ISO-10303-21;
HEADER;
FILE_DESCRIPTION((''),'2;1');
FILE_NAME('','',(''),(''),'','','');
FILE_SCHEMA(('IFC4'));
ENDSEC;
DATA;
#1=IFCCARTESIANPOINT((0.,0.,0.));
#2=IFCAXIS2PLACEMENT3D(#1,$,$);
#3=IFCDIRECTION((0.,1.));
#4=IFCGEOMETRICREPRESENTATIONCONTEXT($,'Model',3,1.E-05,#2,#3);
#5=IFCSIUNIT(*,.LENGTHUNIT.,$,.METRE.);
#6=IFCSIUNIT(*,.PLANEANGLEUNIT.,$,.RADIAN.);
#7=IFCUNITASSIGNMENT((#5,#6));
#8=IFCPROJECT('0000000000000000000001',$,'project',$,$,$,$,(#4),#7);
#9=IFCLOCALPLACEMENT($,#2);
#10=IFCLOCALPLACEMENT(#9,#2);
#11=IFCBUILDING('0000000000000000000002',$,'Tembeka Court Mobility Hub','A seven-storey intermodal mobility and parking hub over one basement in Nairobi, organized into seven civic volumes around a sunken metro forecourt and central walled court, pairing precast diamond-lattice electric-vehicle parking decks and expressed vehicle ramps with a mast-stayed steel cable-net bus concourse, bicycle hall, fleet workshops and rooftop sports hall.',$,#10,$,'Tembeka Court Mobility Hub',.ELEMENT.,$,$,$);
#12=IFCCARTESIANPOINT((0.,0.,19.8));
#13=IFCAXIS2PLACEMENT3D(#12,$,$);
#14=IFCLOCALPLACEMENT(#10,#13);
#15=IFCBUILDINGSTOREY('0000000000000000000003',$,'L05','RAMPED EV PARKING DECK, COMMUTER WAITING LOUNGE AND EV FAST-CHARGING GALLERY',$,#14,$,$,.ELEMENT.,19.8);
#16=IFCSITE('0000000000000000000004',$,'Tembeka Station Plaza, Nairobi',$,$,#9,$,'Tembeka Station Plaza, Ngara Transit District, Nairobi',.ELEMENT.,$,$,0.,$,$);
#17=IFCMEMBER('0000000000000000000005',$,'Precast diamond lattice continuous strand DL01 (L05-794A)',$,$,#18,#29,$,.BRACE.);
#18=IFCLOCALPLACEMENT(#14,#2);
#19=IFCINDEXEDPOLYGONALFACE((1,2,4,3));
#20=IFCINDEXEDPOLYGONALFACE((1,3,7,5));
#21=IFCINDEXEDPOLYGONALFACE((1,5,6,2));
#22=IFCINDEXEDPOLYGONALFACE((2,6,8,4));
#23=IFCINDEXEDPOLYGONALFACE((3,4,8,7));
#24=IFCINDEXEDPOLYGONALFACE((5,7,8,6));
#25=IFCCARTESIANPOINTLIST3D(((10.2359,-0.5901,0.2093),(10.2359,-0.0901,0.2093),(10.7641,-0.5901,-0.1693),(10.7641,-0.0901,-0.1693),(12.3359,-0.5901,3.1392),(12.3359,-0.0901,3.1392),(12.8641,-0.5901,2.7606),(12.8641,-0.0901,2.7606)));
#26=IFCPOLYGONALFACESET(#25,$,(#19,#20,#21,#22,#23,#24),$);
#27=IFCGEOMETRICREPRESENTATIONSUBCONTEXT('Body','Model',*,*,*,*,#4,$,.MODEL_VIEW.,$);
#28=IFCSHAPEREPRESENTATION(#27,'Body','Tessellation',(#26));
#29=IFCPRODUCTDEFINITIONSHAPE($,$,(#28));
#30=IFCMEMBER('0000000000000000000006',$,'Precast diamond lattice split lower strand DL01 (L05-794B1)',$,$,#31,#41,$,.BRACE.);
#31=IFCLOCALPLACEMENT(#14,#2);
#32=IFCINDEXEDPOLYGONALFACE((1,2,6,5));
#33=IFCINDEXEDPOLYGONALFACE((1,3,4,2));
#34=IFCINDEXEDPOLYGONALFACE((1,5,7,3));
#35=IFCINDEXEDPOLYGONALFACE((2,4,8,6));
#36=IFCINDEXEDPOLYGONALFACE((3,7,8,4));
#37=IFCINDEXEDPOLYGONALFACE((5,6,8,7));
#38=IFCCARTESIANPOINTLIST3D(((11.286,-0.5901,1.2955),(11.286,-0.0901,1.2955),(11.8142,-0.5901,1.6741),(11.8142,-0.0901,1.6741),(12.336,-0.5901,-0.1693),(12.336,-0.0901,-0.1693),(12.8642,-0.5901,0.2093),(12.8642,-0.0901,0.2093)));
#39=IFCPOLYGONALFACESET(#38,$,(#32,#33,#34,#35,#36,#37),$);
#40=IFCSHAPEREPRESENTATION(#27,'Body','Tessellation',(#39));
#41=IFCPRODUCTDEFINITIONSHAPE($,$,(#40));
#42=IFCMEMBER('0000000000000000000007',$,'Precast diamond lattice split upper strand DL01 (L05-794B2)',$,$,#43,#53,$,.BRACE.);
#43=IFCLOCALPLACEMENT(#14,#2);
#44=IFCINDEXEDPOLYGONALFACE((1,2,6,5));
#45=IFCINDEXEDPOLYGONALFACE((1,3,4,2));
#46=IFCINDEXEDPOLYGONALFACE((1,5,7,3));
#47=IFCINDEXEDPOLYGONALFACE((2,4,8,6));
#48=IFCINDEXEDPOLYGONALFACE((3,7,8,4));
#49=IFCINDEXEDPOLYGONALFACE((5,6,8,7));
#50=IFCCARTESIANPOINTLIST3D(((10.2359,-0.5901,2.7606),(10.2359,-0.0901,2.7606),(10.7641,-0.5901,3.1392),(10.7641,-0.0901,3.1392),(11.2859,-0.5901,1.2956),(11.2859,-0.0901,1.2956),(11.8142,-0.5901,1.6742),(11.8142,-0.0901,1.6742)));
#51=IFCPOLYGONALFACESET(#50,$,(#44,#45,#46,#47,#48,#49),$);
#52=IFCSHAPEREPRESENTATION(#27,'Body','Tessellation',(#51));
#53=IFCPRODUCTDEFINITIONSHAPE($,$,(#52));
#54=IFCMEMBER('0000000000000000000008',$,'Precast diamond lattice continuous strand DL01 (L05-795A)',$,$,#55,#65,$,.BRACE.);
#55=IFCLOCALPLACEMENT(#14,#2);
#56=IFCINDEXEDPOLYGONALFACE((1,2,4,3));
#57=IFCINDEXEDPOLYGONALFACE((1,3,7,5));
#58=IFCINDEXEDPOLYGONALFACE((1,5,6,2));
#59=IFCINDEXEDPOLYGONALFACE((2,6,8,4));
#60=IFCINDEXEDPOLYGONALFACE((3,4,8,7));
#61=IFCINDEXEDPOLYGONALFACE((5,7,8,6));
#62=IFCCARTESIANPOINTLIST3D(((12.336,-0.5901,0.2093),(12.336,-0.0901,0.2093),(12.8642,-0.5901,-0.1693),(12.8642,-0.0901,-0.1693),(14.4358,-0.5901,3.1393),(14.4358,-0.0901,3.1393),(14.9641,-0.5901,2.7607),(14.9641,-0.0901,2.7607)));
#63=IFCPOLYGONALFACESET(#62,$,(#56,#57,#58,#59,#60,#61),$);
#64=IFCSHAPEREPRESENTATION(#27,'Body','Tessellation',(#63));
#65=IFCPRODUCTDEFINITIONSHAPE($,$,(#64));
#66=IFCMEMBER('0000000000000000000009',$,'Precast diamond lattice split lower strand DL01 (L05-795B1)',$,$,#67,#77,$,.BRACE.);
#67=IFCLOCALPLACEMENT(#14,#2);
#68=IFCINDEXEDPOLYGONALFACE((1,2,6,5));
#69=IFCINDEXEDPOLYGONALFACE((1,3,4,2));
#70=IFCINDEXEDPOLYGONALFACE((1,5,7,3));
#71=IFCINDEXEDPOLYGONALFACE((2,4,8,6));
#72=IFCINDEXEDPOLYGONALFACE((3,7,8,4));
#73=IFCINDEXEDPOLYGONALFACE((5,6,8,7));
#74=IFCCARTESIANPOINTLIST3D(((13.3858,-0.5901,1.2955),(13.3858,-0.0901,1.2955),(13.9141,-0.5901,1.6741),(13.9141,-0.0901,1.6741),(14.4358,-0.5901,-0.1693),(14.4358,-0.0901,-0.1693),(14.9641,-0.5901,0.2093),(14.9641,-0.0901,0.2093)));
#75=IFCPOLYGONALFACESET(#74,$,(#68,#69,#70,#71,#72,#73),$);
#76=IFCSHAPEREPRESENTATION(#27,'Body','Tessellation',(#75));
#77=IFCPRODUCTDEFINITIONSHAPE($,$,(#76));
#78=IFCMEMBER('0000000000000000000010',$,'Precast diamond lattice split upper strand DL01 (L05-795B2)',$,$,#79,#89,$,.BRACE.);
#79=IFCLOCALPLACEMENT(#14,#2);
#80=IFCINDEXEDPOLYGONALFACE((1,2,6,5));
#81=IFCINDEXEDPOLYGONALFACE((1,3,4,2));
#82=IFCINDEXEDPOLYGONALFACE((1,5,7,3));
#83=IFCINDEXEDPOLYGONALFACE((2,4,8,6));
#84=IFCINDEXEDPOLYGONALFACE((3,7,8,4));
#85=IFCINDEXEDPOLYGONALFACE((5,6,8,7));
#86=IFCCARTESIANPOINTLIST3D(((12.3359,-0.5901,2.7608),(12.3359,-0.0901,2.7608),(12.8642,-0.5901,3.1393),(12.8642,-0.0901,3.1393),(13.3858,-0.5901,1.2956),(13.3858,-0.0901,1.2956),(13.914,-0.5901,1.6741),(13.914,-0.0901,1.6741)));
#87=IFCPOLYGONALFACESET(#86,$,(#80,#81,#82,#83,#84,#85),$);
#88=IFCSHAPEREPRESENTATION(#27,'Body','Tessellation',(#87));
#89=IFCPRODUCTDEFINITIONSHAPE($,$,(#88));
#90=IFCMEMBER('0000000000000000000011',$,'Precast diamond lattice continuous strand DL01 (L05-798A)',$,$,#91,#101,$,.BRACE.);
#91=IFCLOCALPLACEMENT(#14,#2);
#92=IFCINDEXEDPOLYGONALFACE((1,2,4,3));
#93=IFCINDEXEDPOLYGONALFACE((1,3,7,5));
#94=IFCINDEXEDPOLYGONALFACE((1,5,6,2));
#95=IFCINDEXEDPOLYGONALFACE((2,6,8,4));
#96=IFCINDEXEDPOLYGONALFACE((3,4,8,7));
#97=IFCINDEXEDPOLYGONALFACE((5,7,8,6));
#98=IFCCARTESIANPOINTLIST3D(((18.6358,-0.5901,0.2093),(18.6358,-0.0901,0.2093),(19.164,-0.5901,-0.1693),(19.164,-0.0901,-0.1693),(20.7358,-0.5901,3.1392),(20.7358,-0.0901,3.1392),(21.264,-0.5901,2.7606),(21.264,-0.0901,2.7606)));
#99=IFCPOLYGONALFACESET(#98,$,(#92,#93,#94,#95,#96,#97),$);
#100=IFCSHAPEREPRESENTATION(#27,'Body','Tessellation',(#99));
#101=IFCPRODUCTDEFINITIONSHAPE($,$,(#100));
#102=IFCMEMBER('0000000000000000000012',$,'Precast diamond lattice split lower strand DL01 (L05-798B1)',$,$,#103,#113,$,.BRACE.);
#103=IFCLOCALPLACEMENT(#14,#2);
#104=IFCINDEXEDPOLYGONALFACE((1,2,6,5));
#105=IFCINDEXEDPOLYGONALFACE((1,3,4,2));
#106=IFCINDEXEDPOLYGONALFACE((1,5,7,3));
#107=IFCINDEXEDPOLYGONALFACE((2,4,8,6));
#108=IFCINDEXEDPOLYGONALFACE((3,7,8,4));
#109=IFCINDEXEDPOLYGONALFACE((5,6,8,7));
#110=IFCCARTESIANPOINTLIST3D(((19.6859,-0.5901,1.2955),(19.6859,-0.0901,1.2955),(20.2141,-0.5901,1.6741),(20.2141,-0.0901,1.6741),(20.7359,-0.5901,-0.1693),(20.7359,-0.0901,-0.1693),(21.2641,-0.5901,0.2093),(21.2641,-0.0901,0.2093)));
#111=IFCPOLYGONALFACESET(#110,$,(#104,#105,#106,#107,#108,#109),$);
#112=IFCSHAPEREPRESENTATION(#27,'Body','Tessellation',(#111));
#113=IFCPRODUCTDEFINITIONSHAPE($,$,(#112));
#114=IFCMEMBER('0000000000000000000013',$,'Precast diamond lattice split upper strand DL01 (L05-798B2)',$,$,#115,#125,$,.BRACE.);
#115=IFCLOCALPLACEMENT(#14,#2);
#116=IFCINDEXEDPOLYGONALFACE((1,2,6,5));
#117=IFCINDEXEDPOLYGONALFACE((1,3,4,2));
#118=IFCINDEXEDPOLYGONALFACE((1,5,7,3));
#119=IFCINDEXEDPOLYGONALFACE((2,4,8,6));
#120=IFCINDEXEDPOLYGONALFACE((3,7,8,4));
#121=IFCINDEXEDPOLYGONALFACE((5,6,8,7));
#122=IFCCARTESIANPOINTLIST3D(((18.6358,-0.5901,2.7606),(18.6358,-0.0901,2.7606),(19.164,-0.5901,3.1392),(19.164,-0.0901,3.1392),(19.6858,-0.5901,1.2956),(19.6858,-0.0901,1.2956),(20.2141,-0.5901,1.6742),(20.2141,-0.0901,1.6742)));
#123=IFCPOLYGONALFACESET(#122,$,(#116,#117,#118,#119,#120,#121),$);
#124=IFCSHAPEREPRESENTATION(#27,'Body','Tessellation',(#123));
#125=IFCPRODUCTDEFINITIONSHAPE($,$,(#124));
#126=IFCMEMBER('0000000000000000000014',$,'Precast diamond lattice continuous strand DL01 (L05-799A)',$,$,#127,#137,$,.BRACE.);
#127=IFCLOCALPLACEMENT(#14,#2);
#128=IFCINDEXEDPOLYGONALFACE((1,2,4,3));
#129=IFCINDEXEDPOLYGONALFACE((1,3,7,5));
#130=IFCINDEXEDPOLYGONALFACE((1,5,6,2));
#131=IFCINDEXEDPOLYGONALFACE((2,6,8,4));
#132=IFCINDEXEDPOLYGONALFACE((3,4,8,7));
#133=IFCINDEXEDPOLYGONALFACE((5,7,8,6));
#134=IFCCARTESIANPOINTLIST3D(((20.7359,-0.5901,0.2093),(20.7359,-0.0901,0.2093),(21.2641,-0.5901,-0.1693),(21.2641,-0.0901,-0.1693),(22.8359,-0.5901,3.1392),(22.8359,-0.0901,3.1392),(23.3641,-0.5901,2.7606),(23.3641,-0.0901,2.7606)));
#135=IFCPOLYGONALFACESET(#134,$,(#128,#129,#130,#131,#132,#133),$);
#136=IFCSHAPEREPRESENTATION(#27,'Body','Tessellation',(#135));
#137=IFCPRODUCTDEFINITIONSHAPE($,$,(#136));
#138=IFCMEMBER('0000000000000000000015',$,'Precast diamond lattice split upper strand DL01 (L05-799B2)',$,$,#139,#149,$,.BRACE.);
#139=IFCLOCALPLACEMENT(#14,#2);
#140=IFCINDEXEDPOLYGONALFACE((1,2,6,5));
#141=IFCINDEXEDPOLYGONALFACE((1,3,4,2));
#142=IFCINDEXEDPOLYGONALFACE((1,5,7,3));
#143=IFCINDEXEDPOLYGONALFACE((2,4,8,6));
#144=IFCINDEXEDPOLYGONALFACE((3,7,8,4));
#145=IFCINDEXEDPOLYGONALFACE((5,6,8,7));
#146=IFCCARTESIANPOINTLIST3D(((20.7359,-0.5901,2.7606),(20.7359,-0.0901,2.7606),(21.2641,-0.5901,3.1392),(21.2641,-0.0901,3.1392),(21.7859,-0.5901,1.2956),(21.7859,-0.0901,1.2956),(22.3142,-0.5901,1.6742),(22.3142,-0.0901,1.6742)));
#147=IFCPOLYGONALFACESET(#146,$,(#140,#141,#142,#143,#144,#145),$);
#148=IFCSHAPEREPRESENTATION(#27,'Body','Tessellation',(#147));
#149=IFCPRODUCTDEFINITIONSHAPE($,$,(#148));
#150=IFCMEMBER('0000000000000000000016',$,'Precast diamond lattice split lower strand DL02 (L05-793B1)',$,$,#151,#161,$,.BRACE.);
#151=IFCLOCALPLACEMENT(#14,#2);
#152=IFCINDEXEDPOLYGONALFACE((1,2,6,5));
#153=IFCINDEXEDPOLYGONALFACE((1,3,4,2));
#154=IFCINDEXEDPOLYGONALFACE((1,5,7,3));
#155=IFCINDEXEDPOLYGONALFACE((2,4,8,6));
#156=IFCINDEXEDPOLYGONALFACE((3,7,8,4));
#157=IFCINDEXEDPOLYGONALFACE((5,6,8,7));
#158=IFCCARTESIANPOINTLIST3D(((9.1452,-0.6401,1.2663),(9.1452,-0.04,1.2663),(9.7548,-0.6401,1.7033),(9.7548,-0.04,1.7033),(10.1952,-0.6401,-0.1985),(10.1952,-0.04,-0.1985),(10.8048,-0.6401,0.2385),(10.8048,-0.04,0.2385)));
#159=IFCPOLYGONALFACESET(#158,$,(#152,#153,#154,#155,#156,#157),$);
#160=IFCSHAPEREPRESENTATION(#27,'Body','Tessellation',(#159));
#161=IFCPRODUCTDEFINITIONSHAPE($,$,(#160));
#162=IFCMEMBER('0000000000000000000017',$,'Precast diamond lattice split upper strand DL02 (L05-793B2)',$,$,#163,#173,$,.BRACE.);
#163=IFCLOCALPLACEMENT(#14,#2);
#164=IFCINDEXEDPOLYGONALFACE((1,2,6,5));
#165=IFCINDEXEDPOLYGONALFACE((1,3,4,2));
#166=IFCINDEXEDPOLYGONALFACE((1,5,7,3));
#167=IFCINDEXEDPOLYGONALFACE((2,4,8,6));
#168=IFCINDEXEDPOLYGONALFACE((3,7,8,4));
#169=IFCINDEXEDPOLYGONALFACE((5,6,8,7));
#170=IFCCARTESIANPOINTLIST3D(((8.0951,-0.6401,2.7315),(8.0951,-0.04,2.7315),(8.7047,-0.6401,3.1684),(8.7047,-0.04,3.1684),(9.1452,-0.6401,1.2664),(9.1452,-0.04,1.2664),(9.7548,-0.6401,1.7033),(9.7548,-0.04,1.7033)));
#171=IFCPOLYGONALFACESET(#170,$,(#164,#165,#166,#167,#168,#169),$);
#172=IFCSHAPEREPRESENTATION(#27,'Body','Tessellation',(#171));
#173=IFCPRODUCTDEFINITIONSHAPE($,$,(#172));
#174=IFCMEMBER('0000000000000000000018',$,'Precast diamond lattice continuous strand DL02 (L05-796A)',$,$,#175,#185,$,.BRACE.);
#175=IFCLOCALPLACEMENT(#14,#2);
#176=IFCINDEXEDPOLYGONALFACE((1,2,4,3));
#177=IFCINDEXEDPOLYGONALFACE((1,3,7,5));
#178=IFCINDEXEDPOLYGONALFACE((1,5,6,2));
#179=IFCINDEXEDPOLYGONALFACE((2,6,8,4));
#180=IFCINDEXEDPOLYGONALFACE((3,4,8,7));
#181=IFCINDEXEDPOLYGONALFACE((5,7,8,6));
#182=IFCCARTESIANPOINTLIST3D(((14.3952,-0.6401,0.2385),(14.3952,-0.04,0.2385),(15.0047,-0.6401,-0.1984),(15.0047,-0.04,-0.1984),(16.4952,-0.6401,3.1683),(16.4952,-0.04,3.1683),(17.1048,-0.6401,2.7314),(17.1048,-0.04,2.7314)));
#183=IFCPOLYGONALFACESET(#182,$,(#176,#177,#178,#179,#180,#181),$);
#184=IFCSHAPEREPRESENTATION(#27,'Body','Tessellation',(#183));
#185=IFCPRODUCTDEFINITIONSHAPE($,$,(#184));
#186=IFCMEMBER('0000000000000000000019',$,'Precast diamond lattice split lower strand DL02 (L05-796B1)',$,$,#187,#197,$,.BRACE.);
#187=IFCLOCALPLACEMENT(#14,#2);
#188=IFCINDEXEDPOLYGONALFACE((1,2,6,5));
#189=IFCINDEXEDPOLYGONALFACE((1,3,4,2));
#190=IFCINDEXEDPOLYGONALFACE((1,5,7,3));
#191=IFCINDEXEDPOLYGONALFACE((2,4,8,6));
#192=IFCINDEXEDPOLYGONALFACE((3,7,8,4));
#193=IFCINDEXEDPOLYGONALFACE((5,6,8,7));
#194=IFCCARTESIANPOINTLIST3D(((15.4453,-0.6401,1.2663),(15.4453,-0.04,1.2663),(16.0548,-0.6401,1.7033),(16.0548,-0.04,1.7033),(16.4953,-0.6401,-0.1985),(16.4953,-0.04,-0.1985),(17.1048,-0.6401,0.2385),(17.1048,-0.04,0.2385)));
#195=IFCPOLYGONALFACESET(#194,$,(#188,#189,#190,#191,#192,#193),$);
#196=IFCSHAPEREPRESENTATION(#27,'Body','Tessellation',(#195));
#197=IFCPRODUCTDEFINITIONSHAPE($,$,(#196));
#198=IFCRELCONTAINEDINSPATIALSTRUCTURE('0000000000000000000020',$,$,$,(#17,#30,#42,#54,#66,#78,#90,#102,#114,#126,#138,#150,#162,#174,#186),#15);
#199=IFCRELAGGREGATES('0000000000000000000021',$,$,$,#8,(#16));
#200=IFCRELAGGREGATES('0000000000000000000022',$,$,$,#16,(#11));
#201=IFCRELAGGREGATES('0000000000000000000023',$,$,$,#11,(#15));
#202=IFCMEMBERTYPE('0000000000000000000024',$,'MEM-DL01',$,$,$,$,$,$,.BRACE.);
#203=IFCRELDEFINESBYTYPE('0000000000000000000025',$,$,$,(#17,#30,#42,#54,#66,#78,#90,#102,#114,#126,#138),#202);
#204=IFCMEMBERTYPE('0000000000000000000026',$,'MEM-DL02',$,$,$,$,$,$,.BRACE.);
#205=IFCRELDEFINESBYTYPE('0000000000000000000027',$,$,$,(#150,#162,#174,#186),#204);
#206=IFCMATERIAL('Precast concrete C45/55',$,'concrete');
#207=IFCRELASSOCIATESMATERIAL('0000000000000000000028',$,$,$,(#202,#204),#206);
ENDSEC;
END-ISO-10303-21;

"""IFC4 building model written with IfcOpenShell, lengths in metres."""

from ifc_helpers import new_model, si_unit, direction, frame, origin, origin_2d, place, context, subcontext, project, spatial, rectangle, extrude, material, material_profile, profile_set, type_object, element, save


model = new_model("IFC4")

# Units and contexts
model_context = context("Model", 3, precision=1e-05, world=origin(), true_north=direction((0.0, 1.0)))
body_context = subcontext(model_context, "Body", "Model", "MODEL_VIEW")
ifc_project = project(units=[si_unit("LENGTHUNIT", "METRE"), si_unit("PLANEANGLEUNIT", "RADIAN")], contexts=[model_context])

# Site, building, storey
site_placement = place(None, origin())
site = spatial("IfcSite", under=ifc_project, at=site_placement, Name="Tembeka Station Plaza, Nairobi", LongName="Tembeka Station Plaza, Ngara Transit District, Nairobi", CompositionType="ELEMENT", RefElevation=0.0)
building_placement = place(site_placement, origin())
building = spatial("IfcBuilding", under=site, at=building_placement, Name="Tembeka Court Mobility Hub", Description="A seven-storey intermodal mobility and parking hub over one basement in Nairobi, organized into seven civic volumes around a sunken metro forecourt and central walled court, pairing precast diamond-lattice electric-vehicle parking decks and expressed vehicle ramps with a mast-stayed steel cable-net bus concourse, bicycle hall, fleet workshops and rooftop sports hall.", LongName="Tembeka Court Mobility Hub", CompositionType="ELEMENT")
storey_placement = place(building_placement, frame((0.0, 0.0, 19.8)))
storey = spatial("IfcBuildingStorey", under=building, at=storey_placement, Name="L05", Description="RAMPED EV PARKING DECK, COMMUTER WAITING LOUNGE AND EV FAST-CHARGING GALLERY", CompositionType="ELEMENT", Elevation=19.8)

# Members
ifc_material = material(Name="Precast concrete C45/55", Category="concrete")
ifc_material_profile_1 = material_profile(ifc_material, rectangle(XDim=0.5, YDim=0.6499, at=origin_2d()), Name="PC-DIAG 500x650")
ifc_profile_set_1 = profile_set([ifc_material_profile_1], Name="Precast concrete C45/55")
member_type_1 = type_object("IfcMemberType", Name="MEM-DL01", PredefinedType="BRACE", material=ifc_profile_set_1)
member_1_placement = place(storey_placement, frame((10.5, -0.3401, 0.02), z_axis=(0.582576, 0.0, 0.812776), x_axis=(0.0, 1.0, 0.0)))
element("IfcMember", 1, at=member_1_placement, inside=storey, type_object=member_type_1, Name="Precast diamond lattice continuous strand DL01 (L05-794A)", PredefinedType="BRACE", context=body_context, shape_type="SweptSolid", body=[
    extrude(rectangle(XDim=0.5, YDim=0.6499, at=origin_2d()), origin(), (0.0, 0.0, 1.0), 3.6047),
])
member_2_placement = place(storey_placement, frame((12.6001, -0.3401, 0.02), z_axis=(-0.582608, 0.0, 0.812753), x_axis=(0.0, -1.0, 0.0)))
element("IfcMember", 2, at=member_2_placement, inside=storey, type_object=member_type_1, Name="Precast diamond lattice split lower strand DL01 (L05-794B1)", PredefinedType="BRACE", context=body_context, shape_type="SweptSolid", body=[
    extrude(rectangle(XDim=0.5, YDim=0.6499, at=origin_2d()), origin(), (0.0, 0.0, 1.0), 1.8022),
])
member_3_placement = place(storey_placement, frame((11.55, -0.3401, 1.4849), z_axis=(-0.582544, 0.0, 0.812799), x_axis=(0.0, -1.0, 0.0)))
element("IfcMember", 3, at=member_3_placement, inside=storey, type_object=member_type_1, Name="Precast diamond lattice split upper strand DL01 (L05-794B2)", PredefinedType="BRACE", context=body_context, shape_type="SweptSolid", body=[
    extrude(rectangle(XDim=0.5, YDim=0.6499, at=origin_2d()), origin(), (0.0, 0.0, 1.0), 1.8025),
])
member_4_placement = place(storey_placement, frame((12.6001, -0.3401, 0.02), z_axis=(0.582532, 0.0, 0.812808), x_axis=(0.0, 1.0, 0.0)))
element("IfcMember", 4, at=member_4_placement, inside=storey, type_object=member_type_1, Name="Precast diamond lattice continuous strand DL01 (L05-795A)", PredefinedType="BRACE", context=body_context, shape_type="SweptSolid", body=[
    extrude(rectangle(XDim=0.5, YDim=0.6499, at=origin_2d()), origin(), (0.0, 0.0, 1.0), 3.6047),
])
member_5_placement = place(storey_placement, frame((14.7, -0.3401, 0.02), z_axis=(-0.582608, 0.0, 0.812753), x_axis=(0.0, -1.0, 0.0)))
element("IfcMember", 5, at=member_5_placement, inside=storey, type_object=member_type_1, Name="Precast diamond lattice split lower strand DL01 (L05-795B1)", PredefinedType="BRACE", context=body_context, shape_type="SweptSolid", body=[
    extrude(rectangle(XDim=0.5, YDim=0.6499, at=origin_2d()), origin(), (0.0, 0.0, 1.0), 1.8022),
])
member_6_placement = place(storey_placement, frame((13.6499, -0.3401, 1.4849), z_axis=(-0.582455, 0.0, 0.812863), x_axis=(0.0, -1.0, 0.0)))
element("IfcMember", 6, at=member_6_placement, inside=storey, type_object=member_type_1, Name="Precast diamond lattice split upper strand DL01 (L05-795B2)", PredefinedType="BRACE", context=body_context, shape_type="SweptSolid", body=[
    extrude(rectangle(XDim=0.5, YDim=0.6499, at=origin_2d()), origin(), (0.0, 0.0, 1.0), 1.8025),
])
member_7_placement = place(storey_placement, frame((18.8999, -0.3401, 0.02), z_axis=(0.582576, 0.0, 0.812776), x_axis=(0.0, 1.0, 0.0)))
element("IfcMember", 7, at=member_7_placement, inside=storey, type_object=member_type_1, Name="Precast diamond lattice continuous strand DL01 (L05-798A)", PredefinedType="BRACE", context=body_context, shape_type="SweptSolid", body=[
    extrude(rectangle(XDim=0.5, YDim=0.6499, at=origin_2d()), origin(), (0.0, 0.0, 1.0), 3.6047),
])
member_8_placement = place(storey_placement, frame((21.0, -0.3401, 0.02), z_axis=(-0.582608, 0.0, 0.812753), x_axis=(0.0, -1.0, 0.0)))
element("IfcMember", 8, at=member_8_placement, inside=storey, type_object=member_type_1, Name="Precast diamond lattice split lower strand DL01 (L05-798B1)", PredefinedType="BRACE", context=body_context, shape_type="SweptSolid", body=[
    extrude(rectangle(XDim=0.5, YDim=0.6499, at=origin_2d()), origin(), (0.0, 0.0, 1.0), 1.8022),
])
member_9_placement = place(storey_placement, frame((19.95, -0.3401, 1.4849), z_axis=(-0.582544, 0.0, 0.812799), x_axis=(0.0, -1.0, 0.0)))
element("IfcMember", 9, at=member_9_placement, inside=storey, type_object=member_type_1, Name="Precast diamond lattice split upper strand DL01 (L05-798B2)", PredefinedType="BRACE", context=body_context, shape_type="SweptSolid", body=[
    extrude(rectangle(XDim=0.5, YDim=0.6499, at=origin_2d()), origin(), (0.0, 0.0, 1.0), 1.8025),
])
member_10_placement = place(storey_placement, frame((21.0, -0.3401, 0.02), z_axis=(0.582576, 0.0, 0.812776), x_axis=(0.0, 1.0, 0.0)))
element("IfcMember", 10, at=member_10_placement, inside=storey, type_object=member_type_1, Name="Precast diamond lattice continuous strand DL01 (L05-799A)", PredefinedType="BRACE", context=body_context, shape_type="SweptSolid", body=[
    extrude(rectangle(XDim=0.5, YDim=0.6499, at=origin_2d()), origin(), (0.0, 0.0, 1.0), 3.6047),
])
member_11_placement = place(storey_placement, frame((22.05, -0.3401, 1.4849), z_axis=(-0.582544, 0.0, 0.812799), x_axis=(0.0, -1.0, 0.0)))
element("IfcMember", 11, at=member_11_placement, inside=storey, type_object=member_type_1, Name="Precast diamond lattice split upper strand DL01 (L05-799B2)", PredefinedType="BRACE", context=body_context, shape_type="SweptSolid", body=[
    extrude(rectangle(XDim=0.5, YDim=0.6499, at=origin_2d()), origin(), (0.0, 0.0, 1.0), 1.8025),
])
ifc_material_profile_2 = material_profile(ifc_material, rectangle(XDim=0.6001, YDim=0.75, at=origin_2d()), Name="PC-DIAG 600x750")
ifc_profile_set_2 = profile_set([ifc_material_profile_2], Name="Precast concrete C45/55")
member_type_2 = type_object("IfcMemberType", Name="MEM-DL02", PredefinedType="BRACE", material=ifc_profile_set_2)
member_12_placement = place(storey_placement, frame((10.5, -0.3401, 0.02), z_axis=(-0.582608, 0.0, 0.812753), x_axis=(0.0, -1.0, 0.0)))
element("IfcMember", 12, at=member_12_placement, inside=storey, type_object=member_type_2, Name="Precast diamond lattice split lower strand DL02 (L05-793B1)", PredefinedType="BRACE", context=body_context, shape_type="SweptSolid", body=[
    extrude(rectangle(XDim=0.6001, YDim=0.75, at=origin_2d()), origin(), (0.0, 0.0, 1.0), 1.8022),
])
member_13_placement = place(storey_placement, frame((9.45, -0.3401, 1.4849), z_axis=(-0.582544, 0.0, 0.812799), x_axis=(0.0, -1.0, 0.0)))
element("IfcMember", 13, at=member_13_placement, inside=storey, type_object=member_type_2, Name="Precast diamond lattice split upper strand DL02 (L05-793B2)", PredefinedType="BRACE", context=body_context, shape_type="SweptSolid", body=[
    extrude(rectangle(XDim=0.6001, YDim=0.75, at=origin_2d()), origin(), (0.0, 0.0, 1.0), 1.8025),
])
member_14_placement = place(storey_placement, frame((14.7, -0.3401, 0.02), z_axis=(0.582576, 0.0, 0.812776), x_axis=(0.0, 1.0, 0.0)))
element("IfcMember", 14, at=member_14_placement, inside=storey, type_object=member_type_2, Name="Precast diamond lattice continuous strand DL02 (L05-796A)", PredefinedType="BRACE", context=body_context, shape_type="SweptSolid", body=[
    extrude(rectangle(XDim=0.6001, YDim=0.75, at=origin_2d()), origin(), (0.0, 0.0, 1.0), 3.6047),
])
member_15_placement = place(storey_placement, frame((16.8, -0.3401, 0.02), z_axis=(-0.582608, 0.0, 0.812753), x_axis=(0.0, -1.0, 0.0)))
element("IfcMember", 15, at=member_15_placement, inside=storey, type_object=member_type_2, Name="Precast diamond lattice split lower strand DL02 (L05-796B1)", PredefinedType="BRACE", context=body_context, shape_type="SweptSolid", body=[
    extrude(rectangle(XDim=0.6001, YDim=0.75, at=origin_2d()), origin(), (0.0, 0.0, 1.0), 1.8022),
])

save(model, "model.ifc")
